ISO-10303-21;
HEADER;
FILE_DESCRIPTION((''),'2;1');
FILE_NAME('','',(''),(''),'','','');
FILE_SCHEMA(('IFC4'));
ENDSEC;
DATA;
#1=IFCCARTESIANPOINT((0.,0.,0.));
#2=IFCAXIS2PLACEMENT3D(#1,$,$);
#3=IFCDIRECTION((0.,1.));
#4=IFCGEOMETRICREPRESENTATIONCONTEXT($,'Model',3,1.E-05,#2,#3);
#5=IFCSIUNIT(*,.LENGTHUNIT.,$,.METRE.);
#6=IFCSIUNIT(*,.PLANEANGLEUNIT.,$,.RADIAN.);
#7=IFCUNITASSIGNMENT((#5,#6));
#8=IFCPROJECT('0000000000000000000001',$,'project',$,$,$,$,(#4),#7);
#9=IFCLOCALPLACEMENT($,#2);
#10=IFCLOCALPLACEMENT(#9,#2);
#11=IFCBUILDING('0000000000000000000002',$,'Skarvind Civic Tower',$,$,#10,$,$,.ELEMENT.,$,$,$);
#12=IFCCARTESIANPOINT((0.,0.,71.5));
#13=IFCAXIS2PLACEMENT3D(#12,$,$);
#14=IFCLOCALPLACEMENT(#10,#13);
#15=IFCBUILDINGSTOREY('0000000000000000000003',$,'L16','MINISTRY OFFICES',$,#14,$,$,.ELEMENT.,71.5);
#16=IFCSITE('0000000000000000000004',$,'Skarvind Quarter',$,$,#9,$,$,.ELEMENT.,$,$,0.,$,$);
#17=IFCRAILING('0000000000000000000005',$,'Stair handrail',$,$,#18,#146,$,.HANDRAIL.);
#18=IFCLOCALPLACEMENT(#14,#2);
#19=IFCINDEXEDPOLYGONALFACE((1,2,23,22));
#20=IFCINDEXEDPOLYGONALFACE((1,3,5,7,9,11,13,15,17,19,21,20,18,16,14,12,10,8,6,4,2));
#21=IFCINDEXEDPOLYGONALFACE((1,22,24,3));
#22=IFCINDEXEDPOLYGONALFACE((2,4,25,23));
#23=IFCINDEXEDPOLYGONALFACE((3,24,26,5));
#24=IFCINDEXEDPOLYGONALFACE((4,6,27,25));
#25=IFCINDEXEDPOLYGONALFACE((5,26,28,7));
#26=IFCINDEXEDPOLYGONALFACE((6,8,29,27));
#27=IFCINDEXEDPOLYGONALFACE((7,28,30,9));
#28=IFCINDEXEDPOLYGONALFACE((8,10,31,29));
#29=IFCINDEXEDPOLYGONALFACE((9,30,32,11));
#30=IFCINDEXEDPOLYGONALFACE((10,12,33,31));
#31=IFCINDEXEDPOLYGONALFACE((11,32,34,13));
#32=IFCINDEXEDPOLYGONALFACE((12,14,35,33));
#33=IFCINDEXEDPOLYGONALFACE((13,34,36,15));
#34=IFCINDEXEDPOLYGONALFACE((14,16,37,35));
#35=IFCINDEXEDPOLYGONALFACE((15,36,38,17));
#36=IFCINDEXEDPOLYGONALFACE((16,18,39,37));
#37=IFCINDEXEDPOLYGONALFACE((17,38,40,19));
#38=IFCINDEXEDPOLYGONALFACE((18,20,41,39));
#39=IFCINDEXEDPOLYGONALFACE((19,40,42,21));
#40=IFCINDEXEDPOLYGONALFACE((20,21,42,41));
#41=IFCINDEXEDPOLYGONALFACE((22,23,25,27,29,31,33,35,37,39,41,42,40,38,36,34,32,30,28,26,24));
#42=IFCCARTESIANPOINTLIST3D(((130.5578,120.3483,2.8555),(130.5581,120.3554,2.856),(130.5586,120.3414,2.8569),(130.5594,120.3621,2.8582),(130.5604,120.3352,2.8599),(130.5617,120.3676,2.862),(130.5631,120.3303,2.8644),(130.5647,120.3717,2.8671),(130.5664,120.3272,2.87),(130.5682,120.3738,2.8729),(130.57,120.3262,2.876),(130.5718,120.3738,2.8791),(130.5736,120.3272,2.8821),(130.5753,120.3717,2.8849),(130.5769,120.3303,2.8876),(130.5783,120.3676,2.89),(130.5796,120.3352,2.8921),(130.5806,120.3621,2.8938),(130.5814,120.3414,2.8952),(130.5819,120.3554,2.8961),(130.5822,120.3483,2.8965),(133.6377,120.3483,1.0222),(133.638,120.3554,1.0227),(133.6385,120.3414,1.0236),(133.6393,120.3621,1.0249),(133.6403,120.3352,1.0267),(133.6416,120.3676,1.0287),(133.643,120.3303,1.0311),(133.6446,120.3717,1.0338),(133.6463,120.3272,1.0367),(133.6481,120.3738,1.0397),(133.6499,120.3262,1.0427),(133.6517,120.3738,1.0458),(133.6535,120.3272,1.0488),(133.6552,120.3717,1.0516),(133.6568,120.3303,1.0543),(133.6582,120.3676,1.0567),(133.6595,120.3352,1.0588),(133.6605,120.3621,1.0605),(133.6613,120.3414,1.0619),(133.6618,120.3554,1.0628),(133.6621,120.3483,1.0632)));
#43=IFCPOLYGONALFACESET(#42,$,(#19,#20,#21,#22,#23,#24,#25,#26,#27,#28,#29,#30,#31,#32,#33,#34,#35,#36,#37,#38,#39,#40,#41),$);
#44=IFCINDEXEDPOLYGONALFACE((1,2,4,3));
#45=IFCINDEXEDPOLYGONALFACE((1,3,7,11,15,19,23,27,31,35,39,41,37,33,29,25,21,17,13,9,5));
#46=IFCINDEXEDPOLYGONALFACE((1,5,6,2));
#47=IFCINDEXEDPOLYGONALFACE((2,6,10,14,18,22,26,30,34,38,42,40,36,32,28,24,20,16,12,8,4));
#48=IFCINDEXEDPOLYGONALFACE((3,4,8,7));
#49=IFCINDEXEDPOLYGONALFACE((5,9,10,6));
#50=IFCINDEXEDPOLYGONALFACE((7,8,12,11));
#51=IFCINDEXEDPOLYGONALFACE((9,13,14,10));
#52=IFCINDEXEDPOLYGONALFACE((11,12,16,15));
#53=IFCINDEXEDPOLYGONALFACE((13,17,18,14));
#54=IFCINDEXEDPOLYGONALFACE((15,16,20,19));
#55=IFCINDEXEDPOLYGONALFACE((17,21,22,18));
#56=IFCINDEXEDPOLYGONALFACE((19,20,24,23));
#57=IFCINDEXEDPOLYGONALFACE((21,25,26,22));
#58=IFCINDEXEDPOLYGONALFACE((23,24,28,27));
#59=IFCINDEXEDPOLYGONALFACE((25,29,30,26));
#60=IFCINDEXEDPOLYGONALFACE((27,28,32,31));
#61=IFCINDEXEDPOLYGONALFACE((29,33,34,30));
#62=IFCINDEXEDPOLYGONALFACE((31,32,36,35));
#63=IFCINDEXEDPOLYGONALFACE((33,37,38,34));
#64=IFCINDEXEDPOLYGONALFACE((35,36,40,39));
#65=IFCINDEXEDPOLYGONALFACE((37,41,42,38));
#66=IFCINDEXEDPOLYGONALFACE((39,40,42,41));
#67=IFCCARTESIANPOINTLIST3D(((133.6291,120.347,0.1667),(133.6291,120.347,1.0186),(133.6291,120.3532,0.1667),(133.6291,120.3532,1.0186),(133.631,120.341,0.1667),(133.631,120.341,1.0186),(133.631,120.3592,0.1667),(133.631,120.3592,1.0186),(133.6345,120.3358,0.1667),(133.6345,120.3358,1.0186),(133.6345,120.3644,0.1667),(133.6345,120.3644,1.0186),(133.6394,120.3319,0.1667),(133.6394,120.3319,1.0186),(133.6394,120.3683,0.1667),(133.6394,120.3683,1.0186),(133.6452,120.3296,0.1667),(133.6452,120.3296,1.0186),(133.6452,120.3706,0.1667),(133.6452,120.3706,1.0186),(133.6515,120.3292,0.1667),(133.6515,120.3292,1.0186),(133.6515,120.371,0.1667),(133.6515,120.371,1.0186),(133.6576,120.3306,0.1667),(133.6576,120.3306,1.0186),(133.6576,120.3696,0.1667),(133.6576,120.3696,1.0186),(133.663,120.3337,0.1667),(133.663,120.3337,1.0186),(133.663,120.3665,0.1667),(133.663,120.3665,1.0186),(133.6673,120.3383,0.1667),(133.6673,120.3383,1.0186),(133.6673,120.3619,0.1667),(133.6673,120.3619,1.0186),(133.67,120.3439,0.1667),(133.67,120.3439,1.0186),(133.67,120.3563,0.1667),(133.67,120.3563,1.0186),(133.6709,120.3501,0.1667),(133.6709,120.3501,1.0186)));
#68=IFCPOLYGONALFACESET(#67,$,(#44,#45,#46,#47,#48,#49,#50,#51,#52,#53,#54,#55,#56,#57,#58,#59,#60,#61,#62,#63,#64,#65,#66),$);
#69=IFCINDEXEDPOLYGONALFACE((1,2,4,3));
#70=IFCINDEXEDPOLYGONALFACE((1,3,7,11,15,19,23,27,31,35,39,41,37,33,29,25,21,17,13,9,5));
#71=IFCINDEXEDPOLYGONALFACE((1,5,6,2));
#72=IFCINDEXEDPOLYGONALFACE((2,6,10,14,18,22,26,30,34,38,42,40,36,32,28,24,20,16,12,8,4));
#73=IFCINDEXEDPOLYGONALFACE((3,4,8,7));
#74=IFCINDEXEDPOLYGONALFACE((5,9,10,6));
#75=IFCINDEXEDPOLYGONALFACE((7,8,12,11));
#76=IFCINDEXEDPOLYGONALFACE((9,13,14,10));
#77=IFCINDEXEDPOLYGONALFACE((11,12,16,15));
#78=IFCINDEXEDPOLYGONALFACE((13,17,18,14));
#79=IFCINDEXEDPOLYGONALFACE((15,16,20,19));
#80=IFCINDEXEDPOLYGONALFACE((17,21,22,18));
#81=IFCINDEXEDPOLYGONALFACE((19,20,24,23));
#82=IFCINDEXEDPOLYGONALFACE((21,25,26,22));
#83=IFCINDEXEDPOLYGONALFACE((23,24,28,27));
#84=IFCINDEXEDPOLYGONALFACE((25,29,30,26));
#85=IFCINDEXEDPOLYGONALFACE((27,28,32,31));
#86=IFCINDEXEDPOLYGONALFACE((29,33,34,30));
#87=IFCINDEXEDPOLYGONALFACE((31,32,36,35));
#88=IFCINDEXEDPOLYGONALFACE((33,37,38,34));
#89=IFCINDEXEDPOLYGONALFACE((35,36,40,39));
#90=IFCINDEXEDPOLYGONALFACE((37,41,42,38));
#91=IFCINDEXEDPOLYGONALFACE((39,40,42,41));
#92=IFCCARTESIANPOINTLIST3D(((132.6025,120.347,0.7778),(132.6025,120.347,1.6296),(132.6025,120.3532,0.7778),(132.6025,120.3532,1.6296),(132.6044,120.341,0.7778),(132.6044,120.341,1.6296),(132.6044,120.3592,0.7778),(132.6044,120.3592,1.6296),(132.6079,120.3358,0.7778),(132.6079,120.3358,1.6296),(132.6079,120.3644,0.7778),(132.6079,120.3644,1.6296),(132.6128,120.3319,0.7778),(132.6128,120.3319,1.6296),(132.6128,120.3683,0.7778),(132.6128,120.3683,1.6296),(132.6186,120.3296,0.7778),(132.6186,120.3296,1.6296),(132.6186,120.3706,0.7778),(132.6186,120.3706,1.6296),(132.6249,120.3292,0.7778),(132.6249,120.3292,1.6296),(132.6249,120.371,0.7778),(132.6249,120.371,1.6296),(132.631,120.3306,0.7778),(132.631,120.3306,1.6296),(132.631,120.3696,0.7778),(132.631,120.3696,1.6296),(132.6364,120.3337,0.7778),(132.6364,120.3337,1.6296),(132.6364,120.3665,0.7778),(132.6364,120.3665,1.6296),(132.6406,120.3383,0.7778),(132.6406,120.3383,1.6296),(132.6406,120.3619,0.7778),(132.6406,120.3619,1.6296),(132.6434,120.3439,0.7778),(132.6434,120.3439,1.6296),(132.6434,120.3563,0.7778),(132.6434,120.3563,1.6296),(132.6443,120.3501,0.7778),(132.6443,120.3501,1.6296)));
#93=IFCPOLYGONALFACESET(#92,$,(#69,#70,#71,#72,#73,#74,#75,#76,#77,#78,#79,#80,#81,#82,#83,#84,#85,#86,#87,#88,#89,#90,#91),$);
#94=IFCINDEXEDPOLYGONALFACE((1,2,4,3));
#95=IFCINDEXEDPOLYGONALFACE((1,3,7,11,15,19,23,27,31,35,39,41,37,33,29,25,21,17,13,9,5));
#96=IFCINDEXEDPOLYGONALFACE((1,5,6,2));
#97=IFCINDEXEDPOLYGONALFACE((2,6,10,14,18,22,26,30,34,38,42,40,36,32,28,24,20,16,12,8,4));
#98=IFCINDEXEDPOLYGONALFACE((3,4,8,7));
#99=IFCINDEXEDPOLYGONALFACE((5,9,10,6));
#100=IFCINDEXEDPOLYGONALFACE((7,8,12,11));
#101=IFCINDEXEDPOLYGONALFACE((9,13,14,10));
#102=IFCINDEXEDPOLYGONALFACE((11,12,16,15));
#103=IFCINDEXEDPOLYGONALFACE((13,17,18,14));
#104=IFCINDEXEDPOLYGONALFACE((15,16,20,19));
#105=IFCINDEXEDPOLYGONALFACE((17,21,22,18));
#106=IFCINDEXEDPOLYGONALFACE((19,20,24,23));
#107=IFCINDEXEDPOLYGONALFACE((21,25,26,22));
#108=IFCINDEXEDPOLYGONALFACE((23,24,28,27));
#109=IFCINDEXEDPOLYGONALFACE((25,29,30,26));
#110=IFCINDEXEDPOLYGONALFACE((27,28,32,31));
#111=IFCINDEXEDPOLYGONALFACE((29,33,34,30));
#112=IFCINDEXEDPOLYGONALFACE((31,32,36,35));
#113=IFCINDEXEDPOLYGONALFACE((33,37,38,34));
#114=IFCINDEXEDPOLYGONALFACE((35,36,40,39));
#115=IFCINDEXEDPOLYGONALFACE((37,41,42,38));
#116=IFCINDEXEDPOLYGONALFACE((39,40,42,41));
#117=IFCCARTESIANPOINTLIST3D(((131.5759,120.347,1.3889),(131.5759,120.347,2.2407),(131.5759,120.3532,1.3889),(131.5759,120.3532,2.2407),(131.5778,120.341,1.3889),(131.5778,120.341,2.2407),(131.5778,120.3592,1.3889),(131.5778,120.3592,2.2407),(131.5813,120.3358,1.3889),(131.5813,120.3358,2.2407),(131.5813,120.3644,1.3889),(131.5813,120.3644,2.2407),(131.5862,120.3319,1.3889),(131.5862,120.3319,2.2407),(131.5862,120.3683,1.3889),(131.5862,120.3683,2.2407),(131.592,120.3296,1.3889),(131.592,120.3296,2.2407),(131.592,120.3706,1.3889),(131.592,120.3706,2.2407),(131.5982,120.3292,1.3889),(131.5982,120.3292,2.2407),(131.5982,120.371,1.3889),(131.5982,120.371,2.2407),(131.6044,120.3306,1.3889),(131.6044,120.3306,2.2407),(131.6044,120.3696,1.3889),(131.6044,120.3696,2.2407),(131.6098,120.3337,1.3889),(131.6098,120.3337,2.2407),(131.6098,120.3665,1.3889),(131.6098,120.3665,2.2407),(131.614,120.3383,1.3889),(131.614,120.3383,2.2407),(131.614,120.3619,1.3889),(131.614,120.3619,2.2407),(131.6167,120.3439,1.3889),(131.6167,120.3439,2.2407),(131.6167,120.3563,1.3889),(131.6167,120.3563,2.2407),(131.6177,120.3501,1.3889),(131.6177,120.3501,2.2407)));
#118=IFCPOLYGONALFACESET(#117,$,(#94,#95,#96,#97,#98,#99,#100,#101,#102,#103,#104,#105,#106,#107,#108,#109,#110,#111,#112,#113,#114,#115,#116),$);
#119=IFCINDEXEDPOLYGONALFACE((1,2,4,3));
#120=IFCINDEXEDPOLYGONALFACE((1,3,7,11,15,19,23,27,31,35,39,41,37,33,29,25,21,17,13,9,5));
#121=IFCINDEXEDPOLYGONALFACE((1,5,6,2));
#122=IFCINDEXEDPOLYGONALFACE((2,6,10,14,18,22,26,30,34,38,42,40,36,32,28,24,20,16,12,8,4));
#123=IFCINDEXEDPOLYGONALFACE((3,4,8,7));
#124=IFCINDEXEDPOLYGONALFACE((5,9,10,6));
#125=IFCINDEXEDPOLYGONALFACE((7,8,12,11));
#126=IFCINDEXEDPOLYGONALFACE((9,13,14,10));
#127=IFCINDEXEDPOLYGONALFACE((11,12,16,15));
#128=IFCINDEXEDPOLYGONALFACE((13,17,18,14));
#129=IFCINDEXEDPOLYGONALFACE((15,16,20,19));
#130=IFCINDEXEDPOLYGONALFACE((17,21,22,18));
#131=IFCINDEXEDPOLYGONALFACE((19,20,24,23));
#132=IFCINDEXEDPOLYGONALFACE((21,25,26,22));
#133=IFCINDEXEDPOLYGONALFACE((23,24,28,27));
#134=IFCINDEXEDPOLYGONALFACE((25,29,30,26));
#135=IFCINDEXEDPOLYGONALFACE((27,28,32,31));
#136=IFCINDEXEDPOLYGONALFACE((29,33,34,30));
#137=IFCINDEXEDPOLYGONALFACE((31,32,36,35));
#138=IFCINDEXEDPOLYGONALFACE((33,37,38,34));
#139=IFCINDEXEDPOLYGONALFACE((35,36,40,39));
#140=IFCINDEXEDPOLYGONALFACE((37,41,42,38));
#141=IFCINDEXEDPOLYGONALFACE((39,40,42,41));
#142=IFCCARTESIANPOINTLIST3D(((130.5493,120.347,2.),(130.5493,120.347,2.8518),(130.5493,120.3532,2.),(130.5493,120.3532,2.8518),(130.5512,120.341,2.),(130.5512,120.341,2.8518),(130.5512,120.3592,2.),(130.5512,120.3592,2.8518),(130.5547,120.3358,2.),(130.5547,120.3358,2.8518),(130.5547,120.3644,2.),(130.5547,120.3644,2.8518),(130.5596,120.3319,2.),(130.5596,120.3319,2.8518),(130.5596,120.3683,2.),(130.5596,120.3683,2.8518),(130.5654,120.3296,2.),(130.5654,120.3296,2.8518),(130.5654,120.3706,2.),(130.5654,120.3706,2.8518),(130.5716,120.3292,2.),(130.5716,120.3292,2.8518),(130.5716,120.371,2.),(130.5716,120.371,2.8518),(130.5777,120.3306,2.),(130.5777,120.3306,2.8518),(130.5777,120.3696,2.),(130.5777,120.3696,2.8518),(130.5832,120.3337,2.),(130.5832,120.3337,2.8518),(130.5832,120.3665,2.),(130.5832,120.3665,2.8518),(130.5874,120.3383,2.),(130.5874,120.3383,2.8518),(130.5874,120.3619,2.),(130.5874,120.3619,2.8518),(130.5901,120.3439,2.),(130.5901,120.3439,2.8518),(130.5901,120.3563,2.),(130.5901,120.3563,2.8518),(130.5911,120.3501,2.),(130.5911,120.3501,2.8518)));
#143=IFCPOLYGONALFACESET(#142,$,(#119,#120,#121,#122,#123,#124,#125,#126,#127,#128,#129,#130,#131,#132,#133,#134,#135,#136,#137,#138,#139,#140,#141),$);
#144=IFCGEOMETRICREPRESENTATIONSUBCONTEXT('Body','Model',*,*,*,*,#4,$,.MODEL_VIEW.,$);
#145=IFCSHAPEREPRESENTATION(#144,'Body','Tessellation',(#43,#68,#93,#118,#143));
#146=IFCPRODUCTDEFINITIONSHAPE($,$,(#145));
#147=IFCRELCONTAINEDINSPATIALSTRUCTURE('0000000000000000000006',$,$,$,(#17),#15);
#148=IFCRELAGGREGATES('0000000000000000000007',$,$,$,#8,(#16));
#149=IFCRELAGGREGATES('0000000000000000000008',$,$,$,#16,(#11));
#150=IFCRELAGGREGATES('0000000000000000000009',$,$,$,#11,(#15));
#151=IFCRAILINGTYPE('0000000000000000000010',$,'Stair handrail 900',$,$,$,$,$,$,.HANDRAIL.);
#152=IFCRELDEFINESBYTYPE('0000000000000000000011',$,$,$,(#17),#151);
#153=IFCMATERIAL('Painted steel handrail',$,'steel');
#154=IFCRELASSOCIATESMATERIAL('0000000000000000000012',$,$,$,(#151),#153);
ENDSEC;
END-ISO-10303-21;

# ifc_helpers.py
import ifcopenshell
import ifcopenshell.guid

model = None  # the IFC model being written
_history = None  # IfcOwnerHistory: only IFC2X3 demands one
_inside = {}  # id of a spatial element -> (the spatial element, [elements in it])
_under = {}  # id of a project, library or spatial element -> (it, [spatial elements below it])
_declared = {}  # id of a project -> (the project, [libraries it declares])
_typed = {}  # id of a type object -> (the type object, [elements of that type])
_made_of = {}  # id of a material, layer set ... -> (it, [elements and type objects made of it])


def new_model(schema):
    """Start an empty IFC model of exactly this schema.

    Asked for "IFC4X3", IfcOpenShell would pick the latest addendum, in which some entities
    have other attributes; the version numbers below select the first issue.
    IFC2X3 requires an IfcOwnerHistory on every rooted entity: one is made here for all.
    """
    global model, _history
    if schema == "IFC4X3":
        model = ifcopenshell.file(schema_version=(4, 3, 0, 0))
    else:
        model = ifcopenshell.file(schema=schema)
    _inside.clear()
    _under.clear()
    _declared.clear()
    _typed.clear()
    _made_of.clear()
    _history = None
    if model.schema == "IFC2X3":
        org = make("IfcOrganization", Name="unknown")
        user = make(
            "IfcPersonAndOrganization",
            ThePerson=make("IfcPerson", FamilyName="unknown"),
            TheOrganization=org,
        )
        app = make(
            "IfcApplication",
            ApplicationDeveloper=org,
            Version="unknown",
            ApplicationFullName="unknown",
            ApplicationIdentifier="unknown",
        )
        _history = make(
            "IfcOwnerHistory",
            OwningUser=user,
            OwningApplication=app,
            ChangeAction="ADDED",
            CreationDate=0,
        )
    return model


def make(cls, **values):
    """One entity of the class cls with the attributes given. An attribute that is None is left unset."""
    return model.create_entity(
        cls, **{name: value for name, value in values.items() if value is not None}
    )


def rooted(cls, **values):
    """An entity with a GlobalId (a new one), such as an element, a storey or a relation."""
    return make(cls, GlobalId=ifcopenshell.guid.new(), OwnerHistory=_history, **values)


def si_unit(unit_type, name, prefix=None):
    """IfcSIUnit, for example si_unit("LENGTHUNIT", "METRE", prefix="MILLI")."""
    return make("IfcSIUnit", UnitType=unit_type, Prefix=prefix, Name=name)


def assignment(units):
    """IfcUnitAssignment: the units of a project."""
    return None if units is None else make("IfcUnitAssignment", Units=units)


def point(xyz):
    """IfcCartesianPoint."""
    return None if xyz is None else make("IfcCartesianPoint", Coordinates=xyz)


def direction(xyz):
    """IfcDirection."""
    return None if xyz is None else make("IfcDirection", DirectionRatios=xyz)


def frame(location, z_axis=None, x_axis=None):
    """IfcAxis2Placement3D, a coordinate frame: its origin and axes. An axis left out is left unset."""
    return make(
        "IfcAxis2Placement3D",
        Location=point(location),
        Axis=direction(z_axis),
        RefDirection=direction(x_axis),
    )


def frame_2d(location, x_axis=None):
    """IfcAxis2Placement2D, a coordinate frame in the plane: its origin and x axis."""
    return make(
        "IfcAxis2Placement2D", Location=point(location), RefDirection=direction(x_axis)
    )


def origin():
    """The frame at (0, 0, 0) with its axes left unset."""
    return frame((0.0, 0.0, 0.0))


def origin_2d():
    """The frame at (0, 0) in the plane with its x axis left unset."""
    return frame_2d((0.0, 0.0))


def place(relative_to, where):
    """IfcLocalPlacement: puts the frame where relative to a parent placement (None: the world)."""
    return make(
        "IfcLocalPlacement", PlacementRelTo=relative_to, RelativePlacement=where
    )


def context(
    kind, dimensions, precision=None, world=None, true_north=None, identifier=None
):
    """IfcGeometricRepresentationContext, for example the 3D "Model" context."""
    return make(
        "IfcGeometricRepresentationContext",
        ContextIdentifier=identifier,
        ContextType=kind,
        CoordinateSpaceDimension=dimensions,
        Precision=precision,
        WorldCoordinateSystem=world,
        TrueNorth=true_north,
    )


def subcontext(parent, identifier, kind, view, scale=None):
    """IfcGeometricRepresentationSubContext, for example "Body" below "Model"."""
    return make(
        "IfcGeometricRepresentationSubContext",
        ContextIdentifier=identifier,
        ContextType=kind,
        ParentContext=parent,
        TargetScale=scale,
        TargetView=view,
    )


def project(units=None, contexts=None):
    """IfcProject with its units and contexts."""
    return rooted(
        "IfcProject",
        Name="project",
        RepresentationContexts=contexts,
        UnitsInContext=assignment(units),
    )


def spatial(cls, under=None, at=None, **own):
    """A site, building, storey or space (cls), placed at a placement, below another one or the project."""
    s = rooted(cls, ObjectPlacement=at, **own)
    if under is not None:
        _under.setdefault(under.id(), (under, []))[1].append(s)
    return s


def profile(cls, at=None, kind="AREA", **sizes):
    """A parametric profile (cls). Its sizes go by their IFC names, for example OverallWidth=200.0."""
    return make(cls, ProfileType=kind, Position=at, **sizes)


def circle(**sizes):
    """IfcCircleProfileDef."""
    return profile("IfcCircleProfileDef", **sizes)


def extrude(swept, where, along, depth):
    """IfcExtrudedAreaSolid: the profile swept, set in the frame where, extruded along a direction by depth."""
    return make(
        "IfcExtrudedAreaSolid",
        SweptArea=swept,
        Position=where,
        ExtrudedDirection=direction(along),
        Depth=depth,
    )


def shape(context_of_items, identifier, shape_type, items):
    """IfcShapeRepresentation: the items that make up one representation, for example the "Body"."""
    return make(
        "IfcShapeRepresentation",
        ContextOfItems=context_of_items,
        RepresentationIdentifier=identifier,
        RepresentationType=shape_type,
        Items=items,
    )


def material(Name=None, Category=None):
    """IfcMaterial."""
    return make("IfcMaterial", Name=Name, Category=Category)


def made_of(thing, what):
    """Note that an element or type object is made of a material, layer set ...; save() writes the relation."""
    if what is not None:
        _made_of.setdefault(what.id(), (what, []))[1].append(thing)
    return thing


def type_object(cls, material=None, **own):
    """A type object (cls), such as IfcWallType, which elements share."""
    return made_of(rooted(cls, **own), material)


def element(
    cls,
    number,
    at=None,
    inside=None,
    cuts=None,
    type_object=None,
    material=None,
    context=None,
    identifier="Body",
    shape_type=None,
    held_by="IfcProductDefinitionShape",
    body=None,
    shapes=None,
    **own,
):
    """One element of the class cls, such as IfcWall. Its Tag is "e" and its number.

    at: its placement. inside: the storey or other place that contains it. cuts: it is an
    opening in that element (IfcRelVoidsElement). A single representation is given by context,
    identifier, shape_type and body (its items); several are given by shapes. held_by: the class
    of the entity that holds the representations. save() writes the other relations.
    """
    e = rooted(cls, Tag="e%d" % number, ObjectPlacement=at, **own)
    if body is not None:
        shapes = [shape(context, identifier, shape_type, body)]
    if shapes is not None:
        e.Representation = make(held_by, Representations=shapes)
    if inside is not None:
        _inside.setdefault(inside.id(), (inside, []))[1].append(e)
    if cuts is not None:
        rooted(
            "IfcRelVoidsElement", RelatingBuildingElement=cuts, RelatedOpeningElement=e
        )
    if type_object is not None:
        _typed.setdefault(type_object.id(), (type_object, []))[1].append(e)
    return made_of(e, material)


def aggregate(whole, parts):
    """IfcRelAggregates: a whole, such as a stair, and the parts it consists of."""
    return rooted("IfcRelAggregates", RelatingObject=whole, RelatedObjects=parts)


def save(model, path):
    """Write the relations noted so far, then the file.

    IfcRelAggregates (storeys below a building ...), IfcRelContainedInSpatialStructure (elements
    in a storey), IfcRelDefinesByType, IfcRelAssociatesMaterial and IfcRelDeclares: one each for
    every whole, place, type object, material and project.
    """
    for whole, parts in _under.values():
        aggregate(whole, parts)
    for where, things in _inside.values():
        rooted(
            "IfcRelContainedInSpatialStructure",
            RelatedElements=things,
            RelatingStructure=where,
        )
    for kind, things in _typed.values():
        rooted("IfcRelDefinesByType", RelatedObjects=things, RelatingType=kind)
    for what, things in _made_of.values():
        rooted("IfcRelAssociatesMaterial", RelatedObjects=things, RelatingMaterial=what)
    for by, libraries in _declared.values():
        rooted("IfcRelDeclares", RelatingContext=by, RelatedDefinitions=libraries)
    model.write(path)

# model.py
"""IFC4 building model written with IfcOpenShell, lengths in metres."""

from ifc_helpers import new_model, si_unit, direction, frame, origin, origin_2d, place, context, subcontext, project, spatial, circle, extrude, material, type_object, element, save


model = new_model("IFC4")

# Units and contexts
model_context = context("Model", 3, precision=1e-05, world=origin(), true_north=direction((0.0, 1.0)))
body_context = subcontext(model_context, "Body", "Model", "MODEL_VIEW")
ifc_project = project(units=[si_unit("LENGTHUNIT", "METRE"), si_unit("PLANEANGLEUNIT", "RADIAN")], contexts=[model_context])

# Site, building, storey
site_placement = place(None, origin())
site = spatial("IfcSite", under=ifc_project, at=site_placement, Name="Skarvind Quarter", CompositionType="ELEMENT", RefElevation=0.0)
building_placement = place(site_placement, origin())
building = spatial("IfcBuilding", under=site, at=building_placement, Name="Skarvind Civic Tower", CompositionType="ELEMENT")
storey_placement = place(building_placement, frame((0.0, 0.0, 71.5)))
storey = spatial("IfcBuildingStorey", under=building, at=storey_placement, Name="L16", Description="MINISTRY OFFICES", CompositionType="ELEMENT", Elevation=71.5)

# Railing
ifc_material_1 = material(Name="Painted steel handrail", Category="steel")
railing_type = type_object("IfcRailingType", Name="Stair handrail 900", PredefinedType="HANDRAIL", material=ifc_material_1)
railing_1_placement = place(storey_placement, frame((133.6499, 120.3501, 0.1667)))
element("IfcRailing", 1, at=railing_1_placement, inside=storey, type_object=railing_type, Name="Stair handrail", PredefinedType="HANDRAIL", context=body_context, shape_type="SweptSolid", body=[
    extrude(circle(Radius=0.0239, at=origin_2d()), frame((0.0, 0.0, 0.876), z_axis=(-0.859291, 0.0, 0.511487), x_axis=(0.0, -1.0, 0.0)), (0.0, 0.0, 1.0), 3.5842),
    extrude(circle(Radius=0.021, at=origin_2d()), origin(), (0.0, 0.0, 1.0), 0.8518),
    extrude(circle(Radius=0.021, at=origin_2d()), frame((-1.0266, 0.0, 0.6111)), (0.0, 0.0, 1.0), 0.8518),
    extrude(circle(Radius=0.021, at=origin_2d()), frame((-2.0532, 0.0, 1.2222)), (0.0, 0.0, 1.0), 0.8518),
    extrude(circle(Radius=0.021, at=origin_2d()), frame((-3.0798, 0.0, 1.8333)), (0.0, 0.0, 1.0), 0.8518),
])

save(model, "model.ifc")
